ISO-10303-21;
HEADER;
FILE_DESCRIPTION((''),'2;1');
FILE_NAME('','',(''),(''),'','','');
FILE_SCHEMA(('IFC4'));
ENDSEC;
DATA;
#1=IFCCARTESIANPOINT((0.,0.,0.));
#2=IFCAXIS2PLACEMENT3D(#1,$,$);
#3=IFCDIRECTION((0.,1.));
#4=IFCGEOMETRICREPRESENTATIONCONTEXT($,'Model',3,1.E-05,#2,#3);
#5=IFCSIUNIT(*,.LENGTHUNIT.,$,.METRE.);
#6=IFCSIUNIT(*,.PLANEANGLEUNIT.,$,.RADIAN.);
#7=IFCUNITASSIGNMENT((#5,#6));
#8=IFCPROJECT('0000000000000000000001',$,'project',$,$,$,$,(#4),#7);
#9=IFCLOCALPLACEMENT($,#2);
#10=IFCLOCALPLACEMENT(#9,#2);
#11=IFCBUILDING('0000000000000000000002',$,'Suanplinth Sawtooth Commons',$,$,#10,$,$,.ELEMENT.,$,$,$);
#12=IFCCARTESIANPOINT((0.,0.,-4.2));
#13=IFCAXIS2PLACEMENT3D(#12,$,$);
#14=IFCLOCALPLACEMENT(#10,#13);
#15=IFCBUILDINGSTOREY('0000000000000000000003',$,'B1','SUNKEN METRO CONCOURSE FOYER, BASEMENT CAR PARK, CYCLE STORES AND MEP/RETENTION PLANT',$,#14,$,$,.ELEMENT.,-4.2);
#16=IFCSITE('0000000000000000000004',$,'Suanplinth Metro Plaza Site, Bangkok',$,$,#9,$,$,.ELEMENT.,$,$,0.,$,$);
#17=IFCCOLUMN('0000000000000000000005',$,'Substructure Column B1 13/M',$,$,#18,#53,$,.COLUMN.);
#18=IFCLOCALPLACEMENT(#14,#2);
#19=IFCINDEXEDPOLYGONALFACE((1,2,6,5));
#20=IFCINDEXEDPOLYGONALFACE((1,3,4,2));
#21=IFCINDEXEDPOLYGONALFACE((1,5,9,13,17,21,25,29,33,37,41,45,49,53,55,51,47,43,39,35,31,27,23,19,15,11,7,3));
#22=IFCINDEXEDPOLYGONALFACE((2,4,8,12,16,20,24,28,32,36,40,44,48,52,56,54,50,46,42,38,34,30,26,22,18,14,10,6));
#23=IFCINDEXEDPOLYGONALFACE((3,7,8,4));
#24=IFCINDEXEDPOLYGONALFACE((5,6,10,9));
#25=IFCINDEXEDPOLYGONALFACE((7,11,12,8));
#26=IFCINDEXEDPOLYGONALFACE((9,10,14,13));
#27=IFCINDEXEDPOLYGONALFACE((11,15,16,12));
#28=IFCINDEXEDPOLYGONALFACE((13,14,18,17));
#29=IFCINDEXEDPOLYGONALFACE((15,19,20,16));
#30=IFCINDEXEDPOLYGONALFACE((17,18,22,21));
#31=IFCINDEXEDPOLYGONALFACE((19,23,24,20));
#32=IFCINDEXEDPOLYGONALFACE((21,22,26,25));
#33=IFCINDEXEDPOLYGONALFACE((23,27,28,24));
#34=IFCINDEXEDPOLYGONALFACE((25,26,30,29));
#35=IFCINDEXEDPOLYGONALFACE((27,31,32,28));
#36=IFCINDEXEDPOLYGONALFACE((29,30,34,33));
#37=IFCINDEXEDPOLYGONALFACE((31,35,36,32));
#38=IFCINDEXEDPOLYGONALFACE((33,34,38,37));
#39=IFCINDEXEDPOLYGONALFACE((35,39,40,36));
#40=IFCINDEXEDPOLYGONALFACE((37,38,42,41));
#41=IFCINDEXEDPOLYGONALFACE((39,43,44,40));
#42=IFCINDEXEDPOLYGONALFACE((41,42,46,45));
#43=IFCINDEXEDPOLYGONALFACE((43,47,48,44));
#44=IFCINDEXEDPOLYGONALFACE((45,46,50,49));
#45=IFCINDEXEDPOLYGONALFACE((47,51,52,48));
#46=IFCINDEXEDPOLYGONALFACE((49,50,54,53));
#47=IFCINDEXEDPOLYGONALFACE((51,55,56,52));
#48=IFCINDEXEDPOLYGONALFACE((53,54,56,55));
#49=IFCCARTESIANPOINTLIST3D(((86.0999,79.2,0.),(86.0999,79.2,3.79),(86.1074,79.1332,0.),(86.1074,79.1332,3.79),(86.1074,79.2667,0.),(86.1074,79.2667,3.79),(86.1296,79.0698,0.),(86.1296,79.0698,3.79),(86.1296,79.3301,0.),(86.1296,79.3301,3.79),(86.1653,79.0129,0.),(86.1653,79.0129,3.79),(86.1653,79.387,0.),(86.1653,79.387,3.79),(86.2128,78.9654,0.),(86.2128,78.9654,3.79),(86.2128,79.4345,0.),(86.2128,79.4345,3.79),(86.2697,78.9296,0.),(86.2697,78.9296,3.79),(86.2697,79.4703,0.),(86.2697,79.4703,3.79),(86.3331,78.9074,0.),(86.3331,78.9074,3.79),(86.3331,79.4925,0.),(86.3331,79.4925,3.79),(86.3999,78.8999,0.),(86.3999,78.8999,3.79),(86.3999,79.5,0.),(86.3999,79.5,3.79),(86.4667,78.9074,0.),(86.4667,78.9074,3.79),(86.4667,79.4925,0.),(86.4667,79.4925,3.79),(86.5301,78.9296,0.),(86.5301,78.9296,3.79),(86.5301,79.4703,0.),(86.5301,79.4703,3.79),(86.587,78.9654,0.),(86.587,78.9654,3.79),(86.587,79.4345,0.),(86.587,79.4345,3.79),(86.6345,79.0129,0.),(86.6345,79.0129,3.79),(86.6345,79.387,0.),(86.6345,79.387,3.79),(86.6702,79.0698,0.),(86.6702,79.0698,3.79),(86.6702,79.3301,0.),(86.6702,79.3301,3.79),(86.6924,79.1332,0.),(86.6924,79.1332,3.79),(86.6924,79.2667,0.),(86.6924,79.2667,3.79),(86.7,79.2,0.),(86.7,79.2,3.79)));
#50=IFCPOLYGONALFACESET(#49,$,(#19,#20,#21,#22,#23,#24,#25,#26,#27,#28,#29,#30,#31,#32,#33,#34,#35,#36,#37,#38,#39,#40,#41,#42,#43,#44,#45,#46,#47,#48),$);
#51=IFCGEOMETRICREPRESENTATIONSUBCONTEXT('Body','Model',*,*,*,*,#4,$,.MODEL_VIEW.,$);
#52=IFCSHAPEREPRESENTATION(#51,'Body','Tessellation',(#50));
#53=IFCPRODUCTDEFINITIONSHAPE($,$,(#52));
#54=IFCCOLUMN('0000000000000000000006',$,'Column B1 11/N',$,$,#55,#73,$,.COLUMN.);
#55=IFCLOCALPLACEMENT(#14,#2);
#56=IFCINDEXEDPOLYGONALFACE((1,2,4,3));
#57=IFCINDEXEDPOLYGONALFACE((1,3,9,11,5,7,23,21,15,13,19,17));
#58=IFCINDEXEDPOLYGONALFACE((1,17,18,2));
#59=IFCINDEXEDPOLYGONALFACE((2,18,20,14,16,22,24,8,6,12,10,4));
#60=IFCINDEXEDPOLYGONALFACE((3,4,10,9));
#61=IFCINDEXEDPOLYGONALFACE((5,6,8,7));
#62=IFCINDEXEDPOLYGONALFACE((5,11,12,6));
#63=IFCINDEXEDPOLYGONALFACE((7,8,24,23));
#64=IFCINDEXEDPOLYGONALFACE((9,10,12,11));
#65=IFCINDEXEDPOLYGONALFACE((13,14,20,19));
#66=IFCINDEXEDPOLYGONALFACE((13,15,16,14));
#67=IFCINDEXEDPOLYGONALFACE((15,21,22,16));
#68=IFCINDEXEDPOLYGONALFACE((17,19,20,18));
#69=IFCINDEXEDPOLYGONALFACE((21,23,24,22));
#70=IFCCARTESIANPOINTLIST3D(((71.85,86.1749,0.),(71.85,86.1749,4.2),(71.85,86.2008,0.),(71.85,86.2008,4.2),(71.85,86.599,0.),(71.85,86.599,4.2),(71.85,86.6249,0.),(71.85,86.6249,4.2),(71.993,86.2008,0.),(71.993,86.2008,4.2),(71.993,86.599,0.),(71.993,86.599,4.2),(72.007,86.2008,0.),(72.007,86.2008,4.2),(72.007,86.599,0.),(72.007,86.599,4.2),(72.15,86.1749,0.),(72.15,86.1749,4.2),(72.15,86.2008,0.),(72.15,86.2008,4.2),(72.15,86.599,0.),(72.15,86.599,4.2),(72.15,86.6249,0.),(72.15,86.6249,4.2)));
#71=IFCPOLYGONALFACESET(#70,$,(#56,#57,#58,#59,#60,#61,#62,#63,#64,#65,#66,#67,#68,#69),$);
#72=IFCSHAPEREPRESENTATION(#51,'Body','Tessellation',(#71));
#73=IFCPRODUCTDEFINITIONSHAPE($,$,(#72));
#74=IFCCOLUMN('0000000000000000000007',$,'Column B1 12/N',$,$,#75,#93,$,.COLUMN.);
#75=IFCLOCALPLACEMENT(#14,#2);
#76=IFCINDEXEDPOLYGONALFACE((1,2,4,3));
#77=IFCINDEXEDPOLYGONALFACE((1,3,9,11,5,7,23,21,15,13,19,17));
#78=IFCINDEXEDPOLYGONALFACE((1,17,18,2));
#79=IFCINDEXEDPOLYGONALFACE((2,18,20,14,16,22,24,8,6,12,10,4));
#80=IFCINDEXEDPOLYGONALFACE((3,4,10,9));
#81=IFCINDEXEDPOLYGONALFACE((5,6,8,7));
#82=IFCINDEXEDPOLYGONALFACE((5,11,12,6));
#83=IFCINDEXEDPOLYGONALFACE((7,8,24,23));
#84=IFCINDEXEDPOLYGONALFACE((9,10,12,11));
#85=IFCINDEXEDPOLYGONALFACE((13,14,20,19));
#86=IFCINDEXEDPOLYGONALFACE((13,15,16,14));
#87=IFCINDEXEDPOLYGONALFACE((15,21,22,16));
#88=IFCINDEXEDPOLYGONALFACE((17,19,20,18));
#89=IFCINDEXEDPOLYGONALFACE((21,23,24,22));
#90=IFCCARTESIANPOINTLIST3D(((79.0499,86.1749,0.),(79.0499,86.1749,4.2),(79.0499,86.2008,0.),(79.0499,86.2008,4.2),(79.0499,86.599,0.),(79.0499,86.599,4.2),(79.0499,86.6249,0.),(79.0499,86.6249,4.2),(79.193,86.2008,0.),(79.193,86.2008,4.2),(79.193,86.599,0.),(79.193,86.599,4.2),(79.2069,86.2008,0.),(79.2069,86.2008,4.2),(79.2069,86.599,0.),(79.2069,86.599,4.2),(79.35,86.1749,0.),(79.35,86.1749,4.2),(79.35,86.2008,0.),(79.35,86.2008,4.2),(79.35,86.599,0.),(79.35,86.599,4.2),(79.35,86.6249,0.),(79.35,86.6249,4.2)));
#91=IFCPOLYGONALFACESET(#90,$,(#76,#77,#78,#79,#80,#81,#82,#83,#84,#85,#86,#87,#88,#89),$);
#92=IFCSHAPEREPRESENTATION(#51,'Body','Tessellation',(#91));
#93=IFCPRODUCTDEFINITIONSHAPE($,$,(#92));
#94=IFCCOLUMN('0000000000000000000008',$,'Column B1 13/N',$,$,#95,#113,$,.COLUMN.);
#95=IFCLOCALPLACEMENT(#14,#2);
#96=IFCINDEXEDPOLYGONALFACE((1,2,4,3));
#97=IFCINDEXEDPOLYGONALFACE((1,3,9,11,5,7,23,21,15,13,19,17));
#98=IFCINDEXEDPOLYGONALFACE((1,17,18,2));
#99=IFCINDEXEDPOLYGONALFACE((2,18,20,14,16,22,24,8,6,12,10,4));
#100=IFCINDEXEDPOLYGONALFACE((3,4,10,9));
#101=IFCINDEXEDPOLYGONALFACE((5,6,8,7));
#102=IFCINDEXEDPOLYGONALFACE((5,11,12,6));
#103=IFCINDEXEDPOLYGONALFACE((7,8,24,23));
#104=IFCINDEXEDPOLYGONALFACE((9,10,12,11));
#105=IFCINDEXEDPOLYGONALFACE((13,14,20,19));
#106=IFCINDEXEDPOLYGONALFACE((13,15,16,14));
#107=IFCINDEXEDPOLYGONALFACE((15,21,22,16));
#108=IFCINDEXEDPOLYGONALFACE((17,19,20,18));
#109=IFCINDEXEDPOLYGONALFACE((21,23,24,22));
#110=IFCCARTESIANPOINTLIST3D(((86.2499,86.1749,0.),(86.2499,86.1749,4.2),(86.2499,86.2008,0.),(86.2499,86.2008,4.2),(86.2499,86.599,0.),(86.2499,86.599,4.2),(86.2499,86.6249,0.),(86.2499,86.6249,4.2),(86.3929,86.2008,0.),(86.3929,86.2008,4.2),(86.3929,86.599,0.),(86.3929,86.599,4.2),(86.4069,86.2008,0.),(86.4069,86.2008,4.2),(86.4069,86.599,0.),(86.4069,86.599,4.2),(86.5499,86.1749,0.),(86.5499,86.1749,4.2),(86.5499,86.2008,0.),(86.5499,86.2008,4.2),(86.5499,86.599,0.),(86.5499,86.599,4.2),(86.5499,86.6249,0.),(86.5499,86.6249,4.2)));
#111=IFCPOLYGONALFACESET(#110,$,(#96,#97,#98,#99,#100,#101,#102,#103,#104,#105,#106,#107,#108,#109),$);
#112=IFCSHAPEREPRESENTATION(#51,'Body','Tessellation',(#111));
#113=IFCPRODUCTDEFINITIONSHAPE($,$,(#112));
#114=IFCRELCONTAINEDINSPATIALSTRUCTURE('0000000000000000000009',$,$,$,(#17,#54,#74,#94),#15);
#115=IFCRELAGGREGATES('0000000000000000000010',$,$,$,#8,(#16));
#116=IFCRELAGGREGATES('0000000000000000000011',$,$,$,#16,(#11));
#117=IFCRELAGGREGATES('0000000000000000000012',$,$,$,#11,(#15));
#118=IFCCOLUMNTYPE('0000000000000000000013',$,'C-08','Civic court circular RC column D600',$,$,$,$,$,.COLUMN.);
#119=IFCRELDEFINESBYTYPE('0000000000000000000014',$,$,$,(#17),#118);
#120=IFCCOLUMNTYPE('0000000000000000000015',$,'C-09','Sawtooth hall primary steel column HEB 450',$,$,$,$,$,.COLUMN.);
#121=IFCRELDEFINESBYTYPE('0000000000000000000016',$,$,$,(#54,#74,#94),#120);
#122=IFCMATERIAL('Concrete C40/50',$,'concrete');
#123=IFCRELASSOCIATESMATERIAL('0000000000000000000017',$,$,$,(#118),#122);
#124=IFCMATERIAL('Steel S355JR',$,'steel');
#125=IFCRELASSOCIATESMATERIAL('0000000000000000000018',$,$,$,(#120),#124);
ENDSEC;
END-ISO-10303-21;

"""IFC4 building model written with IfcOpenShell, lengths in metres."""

from ifc_helpers import new_model, si_unit, direction, frame, origin, origin_2d, place, context, subcontext, project, spatial, circle, i_section, extrude, material, material_profile, profile_set, type_object, element, save


model = new_model("IFC4")

# Units and contexts
model_context = context("Model", 3, precision=1e-05, world=origin(), true_north=direction((0.0, 1.0)))
body_context = subcontext(model_context, "Body", "Model", "MODEL_VIEW")
ifc_project = project(units=[si_unit("LENGTHUNIT", "METRE"), si_unit("PLANEANGLEUNIT", "RADIAN")], contexts=[model_context])

# Site, building, storey
site_placement = place(None, origin())
site = spatial("IfcSite", under=ifc_project, at=site_placement, Name="Suanplinth Metro Plaza Site, Bangkok", CompositionType="ELEMENT", RefElevation=0.0)
building_placement = place(site_placement, origin())
building = spatial("IfcBuilding", under=site, at=building_placement, Name="Suanplinth Sawtooth Commons", CompositionType="ELEMENT")
storey_placement = place(building_placement, frame((0.0, 0.0, -4.2)))
storey = spatial("IfcBuildingStorey", under=building, at=storey_placement, Name="B1", Description="SUNKEN METRO CONCOURSE FOYER, BASEMENT CAR PARK, CYCLE STORES AND MEP/RETENTION PLANT", CompositionType="ELEMENT", Elevation=-4.2)

# Columns
ifc_material_1 = material(Name="Concrete C40/50", Category="concrete")
ifc_material_profile_1 = material_profile(ifc_material_1, circle(Radius=0.3, at=origin_2d()), Name="RC-CIRC D600")
ifc_profile_set_1 = profile_set([ifc_material_profile_1], Name="Concrete C40/50")
column_type_1 = type_object("IfcColumnType", Name="C-08", Description="Civic court circular RC column D600", PredefinedType="COLUMN", material=ifc_profile_set_1)
for number, where, z_axis, x_axis, name in (
    (1, (86.3999, 79.2, 0.0), (0.0, 0.0, 1.0), (1.0, 0.0, 0.0), "Substructure Column B1 13/M"),
):
    element("IfcColumn", number, at=place(storey_placement, frame(where, z_axis=z_axis, x_axis=x_axis)), inside=storey, type_object=column_type_1, Name=name, PredefinedType="COLUMN", context=body_context, shape_type="SweptSolid", body=[
        extrude(circle(Radius=0.3, at=origin_2d()), origin(), (0.0, 0.0, 1.0), 3.79),
    ])
ifc_material_2 = material(Name="Steel S355JR", Category="steel")
ifc_material_profile_2 = material_profile(ifc_material_2, i_section(OverallWidth=0.3, OverallDepth=0.45, WebThickness=0.0139, FlangeThickness=0.0259, at=origin_2d()), Name="HEB 450")
ifc_profile_set_2 = profile_set([ifc_material_profile_2], Name="Steel S355JR")
column_type_2 = type_object("IfcColumnType", Name="C-09", Description="Sawtooth hall primary steel column HEB 450", PredefinedType="COLUMN", material=ifc_profile_set_2)
for number, where, z_axis, x_axis, name in (
    (2, (72.0, 86.3999, 0.0), (0.0, 0.0, 1.0), (1.0, 0.0, 0.0), "Column B1 11/N"),
    (3, (79.2, 86.3999, 0.0), (0.0, 0.0, 1.0), (1.0, 0.0, 0.0), "Column B1 12/N"),
    (4, (86.3999, 86.3999, 0.0), (0.0, 0.0, 1.0), (1.0, 0.0, 0.0), "Column B1 13/N"),
):
    element("IfcColumn", number, at=place(storey_placement, frame(where, z_axis=z_axis, x_axis=x_axis)), inside=storey, type_object=column_type_2, Name=name, PredefinedType="COLUMN", context=body_context, shape_type="SweptSolid", body=[
        extrude(i_section(OverallWidth=0.3, OverallDepth=0.45, WebThickness=0.0139, FlangeThickness=0.0259, at=origin_2d()), origin(), (0.0, 0.0, 1.0), 4.2),
    ])

save(model, "model.ifc")
